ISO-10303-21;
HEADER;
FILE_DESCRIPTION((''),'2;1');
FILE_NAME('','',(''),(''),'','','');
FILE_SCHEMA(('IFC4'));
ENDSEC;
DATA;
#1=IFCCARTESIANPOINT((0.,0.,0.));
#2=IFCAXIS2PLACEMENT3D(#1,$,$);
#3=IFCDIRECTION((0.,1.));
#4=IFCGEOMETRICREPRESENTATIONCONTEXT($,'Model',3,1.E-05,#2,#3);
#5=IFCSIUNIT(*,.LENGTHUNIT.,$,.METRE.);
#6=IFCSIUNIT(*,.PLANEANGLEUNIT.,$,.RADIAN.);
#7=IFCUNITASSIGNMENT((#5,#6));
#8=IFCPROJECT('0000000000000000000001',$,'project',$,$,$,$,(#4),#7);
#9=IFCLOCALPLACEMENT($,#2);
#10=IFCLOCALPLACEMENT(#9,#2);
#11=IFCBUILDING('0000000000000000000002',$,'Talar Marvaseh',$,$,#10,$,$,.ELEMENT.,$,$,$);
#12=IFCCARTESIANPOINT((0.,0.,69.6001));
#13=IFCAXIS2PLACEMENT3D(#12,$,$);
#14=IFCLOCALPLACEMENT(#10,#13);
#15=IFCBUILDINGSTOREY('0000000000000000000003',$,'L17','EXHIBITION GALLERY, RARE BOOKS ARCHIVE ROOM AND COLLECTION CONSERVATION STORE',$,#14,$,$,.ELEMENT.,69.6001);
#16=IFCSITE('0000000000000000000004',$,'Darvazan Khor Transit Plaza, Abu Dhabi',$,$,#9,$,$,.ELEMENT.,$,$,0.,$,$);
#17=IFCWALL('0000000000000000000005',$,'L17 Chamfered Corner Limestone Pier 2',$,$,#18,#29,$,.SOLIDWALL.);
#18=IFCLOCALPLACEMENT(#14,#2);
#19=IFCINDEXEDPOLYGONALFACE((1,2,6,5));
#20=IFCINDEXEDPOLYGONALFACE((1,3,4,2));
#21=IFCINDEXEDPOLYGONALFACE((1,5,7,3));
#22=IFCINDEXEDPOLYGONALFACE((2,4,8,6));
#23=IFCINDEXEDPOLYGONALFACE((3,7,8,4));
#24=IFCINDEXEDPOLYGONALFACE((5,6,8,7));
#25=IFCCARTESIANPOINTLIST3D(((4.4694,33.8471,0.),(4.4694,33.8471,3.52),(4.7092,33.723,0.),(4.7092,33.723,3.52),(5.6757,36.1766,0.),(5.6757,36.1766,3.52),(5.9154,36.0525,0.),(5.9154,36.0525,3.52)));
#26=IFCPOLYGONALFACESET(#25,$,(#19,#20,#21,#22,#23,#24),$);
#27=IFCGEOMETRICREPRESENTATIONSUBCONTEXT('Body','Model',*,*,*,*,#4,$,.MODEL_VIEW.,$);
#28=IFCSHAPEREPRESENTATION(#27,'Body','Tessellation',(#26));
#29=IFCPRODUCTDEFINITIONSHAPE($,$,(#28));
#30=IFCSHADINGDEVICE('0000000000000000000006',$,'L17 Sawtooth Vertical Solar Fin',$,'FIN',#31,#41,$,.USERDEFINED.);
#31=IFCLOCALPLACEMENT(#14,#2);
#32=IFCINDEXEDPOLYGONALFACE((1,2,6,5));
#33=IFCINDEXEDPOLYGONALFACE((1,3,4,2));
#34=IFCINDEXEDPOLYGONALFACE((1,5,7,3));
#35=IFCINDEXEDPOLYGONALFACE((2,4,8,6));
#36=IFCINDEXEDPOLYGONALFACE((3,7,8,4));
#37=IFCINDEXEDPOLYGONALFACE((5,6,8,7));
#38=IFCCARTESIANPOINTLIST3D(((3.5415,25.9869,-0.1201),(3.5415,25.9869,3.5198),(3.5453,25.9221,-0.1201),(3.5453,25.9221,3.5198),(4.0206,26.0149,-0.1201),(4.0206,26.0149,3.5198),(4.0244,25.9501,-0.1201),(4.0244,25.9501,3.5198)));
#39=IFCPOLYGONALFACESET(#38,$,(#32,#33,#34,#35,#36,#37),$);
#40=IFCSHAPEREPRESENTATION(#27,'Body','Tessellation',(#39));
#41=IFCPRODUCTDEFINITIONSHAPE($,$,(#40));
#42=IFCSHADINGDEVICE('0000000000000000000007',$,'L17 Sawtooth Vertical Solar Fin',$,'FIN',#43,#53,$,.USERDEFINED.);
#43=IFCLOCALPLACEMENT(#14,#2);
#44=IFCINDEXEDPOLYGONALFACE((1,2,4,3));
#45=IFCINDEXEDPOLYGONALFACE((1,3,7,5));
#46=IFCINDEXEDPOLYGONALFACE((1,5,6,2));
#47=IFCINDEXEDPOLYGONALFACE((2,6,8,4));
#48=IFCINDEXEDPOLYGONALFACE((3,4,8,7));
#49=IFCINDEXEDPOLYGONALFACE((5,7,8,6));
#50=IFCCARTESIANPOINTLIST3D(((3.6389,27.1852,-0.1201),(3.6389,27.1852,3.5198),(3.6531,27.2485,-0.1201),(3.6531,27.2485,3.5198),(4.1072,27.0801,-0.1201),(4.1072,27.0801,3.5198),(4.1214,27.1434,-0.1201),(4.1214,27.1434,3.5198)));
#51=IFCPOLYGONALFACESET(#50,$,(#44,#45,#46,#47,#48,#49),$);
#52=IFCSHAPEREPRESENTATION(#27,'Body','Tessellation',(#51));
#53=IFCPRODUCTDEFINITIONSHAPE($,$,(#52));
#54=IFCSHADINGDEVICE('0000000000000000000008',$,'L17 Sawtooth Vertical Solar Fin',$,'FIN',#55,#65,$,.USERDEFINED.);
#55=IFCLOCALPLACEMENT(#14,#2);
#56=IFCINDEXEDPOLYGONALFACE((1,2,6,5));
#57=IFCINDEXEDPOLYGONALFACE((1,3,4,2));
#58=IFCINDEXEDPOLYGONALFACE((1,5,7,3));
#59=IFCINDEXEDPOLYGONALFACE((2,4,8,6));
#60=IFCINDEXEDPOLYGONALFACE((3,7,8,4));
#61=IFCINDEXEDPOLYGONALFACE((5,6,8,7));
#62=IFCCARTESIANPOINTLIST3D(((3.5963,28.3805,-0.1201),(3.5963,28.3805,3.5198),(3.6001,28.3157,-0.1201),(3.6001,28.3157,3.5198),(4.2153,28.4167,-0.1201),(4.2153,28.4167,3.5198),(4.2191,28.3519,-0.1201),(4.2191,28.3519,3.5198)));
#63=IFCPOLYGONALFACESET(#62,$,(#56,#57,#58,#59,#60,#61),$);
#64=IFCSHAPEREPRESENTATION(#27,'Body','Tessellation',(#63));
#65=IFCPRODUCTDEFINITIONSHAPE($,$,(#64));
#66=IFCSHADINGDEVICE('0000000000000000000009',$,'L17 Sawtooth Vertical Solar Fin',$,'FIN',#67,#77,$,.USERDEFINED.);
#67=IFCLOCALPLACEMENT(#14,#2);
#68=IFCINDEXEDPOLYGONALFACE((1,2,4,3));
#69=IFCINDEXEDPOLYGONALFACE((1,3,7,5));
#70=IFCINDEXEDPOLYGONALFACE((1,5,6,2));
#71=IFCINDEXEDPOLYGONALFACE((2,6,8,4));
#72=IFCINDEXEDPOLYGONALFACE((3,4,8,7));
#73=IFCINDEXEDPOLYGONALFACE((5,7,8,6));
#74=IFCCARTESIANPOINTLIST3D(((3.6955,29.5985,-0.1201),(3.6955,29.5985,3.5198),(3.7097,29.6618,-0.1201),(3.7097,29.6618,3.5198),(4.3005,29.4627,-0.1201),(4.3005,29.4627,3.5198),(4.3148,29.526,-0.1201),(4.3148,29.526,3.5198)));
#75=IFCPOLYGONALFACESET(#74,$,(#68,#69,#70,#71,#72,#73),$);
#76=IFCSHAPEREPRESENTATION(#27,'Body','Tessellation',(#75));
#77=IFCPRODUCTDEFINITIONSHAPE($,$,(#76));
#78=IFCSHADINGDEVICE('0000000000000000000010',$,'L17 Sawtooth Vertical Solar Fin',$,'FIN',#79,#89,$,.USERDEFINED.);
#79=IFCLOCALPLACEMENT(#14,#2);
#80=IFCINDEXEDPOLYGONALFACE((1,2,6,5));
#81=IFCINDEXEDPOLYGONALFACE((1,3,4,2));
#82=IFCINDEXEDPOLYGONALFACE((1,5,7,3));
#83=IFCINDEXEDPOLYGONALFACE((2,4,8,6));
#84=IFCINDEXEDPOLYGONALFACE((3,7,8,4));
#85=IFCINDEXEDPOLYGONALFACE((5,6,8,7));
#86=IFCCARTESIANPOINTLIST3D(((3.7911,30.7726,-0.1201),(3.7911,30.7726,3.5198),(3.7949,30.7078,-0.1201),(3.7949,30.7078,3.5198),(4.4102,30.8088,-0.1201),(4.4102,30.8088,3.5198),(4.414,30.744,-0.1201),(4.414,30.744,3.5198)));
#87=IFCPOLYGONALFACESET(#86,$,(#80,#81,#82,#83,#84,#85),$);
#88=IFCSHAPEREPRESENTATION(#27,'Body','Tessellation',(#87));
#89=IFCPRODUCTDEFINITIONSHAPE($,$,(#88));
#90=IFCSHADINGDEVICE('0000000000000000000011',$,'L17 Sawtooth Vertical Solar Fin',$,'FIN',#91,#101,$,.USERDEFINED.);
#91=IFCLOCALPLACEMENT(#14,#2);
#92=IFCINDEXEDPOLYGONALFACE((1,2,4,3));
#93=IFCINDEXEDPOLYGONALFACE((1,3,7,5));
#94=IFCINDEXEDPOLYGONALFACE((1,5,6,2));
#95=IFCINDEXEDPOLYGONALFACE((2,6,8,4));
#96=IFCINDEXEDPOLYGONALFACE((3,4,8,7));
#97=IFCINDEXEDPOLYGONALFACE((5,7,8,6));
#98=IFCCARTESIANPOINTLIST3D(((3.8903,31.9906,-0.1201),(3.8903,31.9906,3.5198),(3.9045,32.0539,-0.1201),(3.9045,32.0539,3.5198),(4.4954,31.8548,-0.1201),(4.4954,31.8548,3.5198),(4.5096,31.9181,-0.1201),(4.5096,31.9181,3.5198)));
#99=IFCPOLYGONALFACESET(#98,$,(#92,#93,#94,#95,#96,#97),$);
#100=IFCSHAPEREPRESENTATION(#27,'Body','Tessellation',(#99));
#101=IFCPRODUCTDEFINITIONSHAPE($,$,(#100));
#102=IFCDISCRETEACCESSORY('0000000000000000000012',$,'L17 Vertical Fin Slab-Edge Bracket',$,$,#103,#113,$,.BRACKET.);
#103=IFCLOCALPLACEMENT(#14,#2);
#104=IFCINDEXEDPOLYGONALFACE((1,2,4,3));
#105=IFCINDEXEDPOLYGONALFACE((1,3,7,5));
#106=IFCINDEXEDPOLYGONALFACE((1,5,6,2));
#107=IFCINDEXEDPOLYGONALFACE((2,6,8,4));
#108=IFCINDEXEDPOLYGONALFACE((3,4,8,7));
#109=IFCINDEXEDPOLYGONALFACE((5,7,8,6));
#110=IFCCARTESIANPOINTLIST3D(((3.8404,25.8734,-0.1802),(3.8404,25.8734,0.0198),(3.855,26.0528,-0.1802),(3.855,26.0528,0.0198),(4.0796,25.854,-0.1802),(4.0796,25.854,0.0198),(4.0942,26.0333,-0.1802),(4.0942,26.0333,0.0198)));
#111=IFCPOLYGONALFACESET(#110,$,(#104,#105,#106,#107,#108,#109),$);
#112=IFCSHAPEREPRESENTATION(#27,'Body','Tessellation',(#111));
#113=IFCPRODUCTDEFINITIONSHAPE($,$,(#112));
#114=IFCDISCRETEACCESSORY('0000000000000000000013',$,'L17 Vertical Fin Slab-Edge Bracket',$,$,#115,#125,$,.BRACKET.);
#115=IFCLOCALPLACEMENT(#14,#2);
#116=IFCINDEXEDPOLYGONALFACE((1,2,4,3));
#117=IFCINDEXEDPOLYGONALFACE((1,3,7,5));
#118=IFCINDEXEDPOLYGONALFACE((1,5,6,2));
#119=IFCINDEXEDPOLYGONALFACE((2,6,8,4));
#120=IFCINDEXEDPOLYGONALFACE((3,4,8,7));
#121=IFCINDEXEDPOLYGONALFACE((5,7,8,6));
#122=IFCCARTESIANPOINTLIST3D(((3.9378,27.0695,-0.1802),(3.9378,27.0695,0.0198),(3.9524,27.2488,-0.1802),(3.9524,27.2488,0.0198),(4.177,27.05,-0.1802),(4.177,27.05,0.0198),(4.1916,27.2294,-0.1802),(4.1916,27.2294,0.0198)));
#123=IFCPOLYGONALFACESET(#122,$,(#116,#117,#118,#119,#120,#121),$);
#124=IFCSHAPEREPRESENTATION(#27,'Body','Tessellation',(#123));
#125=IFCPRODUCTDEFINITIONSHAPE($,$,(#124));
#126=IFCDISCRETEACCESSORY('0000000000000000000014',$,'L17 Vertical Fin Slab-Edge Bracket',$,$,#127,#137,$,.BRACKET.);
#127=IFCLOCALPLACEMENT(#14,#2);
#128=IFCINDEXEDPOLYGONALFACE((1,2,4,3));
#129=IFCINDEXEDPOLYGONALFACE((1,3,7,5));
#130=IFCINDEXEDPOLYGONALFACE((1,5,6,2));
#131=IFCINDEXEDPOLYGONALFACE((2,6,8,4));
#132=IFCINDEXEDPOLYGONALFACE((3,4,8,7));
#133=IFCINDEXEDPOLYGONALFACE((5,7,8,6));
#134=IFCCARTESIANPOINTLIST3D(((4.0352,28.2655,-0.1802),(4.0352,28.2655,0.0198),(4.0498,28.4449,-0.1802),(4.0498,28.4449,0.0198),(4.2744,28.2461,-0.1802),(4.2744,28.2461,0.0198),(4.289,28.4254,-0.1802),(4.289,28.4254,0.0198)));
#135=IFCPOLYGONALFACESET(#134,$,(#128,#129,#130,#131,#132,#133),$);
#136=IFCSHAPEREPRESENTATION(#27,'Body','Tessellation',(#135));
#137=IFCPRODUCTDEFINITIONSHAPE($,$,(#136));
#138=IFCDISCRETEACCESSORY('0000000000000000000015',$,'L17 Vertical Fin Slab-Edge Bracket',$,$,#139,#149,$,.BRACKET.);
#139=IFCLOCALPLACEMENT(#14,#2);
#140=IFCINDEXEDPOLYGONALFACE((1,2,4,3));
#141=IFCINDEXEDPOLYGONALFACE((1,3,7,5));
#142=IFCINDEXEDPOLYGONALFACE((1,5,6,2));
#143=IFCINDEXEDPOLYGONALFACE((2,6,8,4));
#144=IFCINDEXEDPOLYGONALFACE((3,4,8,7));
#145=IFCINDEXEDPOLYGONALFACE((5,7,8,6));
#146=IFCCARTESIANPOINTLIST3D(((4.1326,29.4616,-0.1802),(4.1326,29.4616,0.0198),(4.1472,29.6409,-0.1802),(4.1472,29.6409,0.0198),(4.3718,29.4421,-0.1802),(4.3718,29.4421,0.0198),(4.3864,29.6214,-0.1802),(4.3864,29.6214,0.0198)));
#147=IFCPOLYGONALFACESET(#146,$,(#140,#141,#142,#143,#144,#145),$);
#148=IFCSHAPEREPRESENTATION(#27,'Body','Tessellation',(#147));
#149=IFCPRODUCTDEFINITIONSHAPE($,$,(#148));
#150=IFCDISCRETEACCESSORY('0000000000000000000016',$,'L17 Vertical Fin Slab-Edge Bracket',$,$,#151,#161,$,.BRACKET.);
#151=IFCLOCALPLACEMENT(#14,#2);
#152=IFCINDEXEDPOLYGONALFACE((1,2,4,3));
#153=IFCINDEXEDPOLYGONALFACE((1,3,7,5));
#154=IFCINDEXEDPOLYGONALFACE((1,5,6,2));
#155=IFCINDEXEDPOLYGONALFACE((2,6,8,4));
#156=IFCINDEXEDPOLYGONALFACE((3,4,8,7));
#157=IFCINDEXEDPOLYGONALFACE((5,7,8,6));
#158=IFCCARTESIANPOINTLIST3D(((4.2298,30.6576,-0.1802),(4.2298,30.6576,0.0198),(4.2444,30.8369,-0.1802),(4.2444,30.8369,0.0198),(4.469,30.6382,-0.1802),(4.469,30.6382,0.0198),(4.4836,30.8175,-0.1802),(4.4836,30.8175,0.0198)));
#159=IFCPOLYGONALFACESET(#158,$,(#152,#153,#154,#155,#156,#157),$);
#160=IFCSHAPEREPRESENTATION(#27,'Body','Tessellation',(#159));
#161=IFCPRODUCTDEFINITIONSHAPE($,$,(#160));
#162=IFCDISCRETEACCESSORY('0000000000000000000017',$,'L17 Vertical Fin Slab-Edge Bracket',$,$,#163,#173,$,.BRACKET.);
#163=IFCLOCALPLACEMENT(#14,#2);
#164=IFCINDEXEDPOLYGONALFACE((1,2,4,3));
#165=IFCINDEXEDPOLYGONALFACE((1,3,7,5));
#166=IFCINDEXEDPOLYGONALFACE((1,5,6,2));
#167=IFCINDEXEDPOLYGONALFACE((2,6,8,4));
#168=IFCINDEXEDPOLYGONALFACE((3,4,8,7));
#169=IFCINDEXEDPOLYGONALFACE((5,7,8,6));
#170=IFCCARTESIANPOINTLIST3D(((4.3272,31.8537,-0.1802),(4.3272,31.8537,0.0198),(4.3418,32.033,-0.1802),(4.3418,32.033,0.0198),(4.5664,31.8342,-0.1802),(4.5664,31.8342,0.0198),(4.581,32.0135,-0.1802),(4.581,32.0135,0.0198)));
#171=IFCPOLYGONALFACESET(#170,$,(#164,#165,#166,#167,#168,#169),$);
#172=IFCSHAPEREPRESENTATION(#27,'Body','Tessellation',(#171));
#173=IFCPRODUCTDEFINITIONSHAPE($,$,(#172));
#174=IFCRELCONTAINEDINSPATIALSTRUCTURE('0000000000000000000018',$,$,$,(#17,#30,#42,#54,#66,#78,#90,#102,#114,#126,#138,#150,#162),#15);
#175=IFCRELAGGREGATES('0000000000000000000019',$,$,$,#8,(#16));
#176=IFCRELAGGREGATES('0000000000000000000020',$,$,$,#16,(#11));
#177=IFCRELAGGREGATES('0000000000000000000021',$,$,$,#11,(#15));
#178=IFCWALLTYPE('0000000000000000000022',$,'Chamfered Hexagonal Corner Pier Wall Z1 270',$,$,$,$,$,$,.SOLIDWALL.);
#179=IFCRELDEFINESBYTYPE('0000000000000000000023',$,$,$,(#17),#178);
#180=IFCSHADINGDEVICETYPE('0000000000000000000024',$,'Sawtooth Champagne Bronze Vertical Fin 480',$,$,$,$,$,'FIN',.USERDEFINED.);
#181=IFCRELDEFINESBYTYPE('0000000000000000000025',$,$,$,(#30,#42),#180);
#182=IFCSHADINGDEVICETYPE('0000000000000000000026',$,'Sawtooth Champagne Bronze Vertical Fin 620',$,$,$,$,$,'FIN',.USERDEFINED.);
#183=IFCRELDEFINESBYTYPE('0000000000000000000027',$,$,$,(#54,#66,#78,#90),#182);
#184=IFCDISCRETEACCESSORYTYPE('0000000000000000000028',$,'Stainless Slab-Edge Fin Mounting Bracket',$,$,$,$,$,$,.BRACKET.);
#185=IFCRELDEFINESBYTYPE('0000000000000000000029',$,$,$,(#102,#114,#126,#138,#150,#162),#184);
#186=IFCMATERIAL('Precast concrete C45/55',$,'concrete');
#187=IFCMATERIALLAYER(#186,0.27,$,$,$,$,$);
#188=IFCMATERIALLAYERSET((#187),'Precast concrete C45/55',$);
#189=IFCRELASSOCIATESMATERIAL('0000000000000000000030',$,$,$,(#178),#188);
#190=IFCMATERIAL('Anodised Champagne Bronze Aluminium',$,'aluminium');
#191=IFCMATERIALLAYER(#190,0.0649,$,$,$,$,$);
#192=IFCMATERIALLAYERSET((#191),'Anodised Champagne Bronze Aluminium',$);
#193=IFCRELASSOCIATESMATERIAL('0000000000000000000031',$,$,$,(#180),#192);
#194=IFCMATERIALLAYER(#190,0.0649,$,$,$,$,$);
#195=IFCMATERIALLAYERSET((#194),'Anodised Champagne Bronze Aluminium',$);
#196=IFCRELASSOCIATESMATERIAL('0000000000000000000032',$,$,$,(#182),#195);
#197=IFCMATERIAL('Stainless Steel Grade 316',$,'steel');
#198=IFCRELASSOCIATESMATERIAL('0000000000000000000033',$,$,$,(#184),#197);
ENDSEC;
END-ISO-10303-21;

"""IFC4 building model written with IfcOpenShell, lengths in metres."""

from ifc_helpers import new_model, si_unit, direction, frame, frame_2d, origin, origin_2d, place, context, subcontext, project, spatial, rectangle, extrude, source, transform, mapped, material, layer, layer_set, type_object, type_shapes, element, save


model = new_model("IFC4")

# Units and contexts
model_context = context("Model", 3, precision=1e-05, world=origin(), true_north=direction((0.0, 1.0)))
body_context = subcontext(model_context, "Body", "Model", "MODEL_VIEW")
ifc_project = project(units=[si_unit("LENGTHUNIT", "METRE"), si_unit("PLANEANGLEUNIT", "RADIAN")], contexts=[model_context])

# Site, building, storey
site_placement = place(None, origin())
site = spatial("IfcSite", under=ifc_project, at=site_placement, Name="Darvazan Khor Transit Plaza, Abu Dhabi", CompositionType="ELEMENT", RefElevation=0.0)
building_placement = place(site_placement, origin())
building = spatial("IfcBuilding", under=site, at=building_placement, Name="Talar Marvaseh", CompositionType="ELEMENT")
storey_placement = place(building_placement, frame((0.0, 0.0, 69.6001)))
storey = spatial("IfcBuildingStorey", under=building, at=storey_placement, Name="L17", Description="EXHIBITION GALLERY, RARE BOOKS ARCHIVE ROOM AND COLLECTION CONSERVATION STORE", CompositionType="ELEMENT", Elevation=69.6001)

# Wall
ifc_material_1 = material(Name="Precast concrete C45/55", Category="concrete")
ifc_layer_1 = layer(ifc_material_1, 0.27)
ifc_layer_set_1 = layer_set([ifc_layer_1], Name="Precast concrete C45/55")
wall_type = type_object("IfcWallType", Name="Chamfered Hexagonal Corner Pier Wall Z1 270", PredefinedType="SOLIDWALL", material=ifc_layer_set_1)
wall_placement = place(storey_placement, frame((4.5894, 33.7852, 0.0), z_axis=(0.0, 0.0, 1.0), x_axis=(0.459825, 0.888009, 0.0)))
element("IfcWall", 1, at=wall_placement, inside=storey, type_object=wall_type, Name="L17 Chamfered Corner Limestone Pier 2", PredefinedType="SOLIDWALL", context=body_context, shape_type="SweptSolid", body=[
    extrude(rectangle(XDim=2.6233, YDim=0.27, at=frame_2d((1.3115, 0.0))), origin(), (0.0, 0.0, 1.0), 3.52),
])

# Shading devices
ifc_material_2 = material(Name="Anodised Champagne Bronze Aluminium", Category="aluminium")
ifc_layer_2 = layer(ifc_material_2, 0.0649)
ifc_layer_set_2 = layer_set([ifc_layer_2], Name="Anodised Champagne Bronze Aluminium")
shading_device_type_1 = type_object("IfcShadingDeviceType", Name="Sawtooth Champagne Bronze Vertical Fin 480", ElementType="FIN", PredefinedType="USERDEFINED", material=ifc_layer_set_2)
shared_shape_1 = source(origin(), body_context, "Body", "SweptSolid", [
    extrude(rectangle(XDim=0.48, YDim=0.0649, at=origin_2d()), origin(), (0.0, 0.0, 1.0), 3.6399),
])
type_shapes(shading_device_type_1, [shared_shape_1])
for number, where, z_axis, x_axis, name in (
    (2, (3.783, 25.9685, -0.1201), (0.0, 0.0, 1.0), (-0.998291, -0.058435, 0.0), "L17 Sawtooth Vertical Solar Fin"),
    (3, (3.8801, 27.1643, -0.1201), (0.0, 0.0, 1.0), (-0.975726, 0.218995, 0.0), "L17 Sawtooth Vertical Solar Fin"),
):
    element("IfcShadingDevice", number, at=place(storey_placement, frame(where, z_axis=z_axis, x_axis=x_axis)), inside=storey, type_object=shading_device_type_1, Name=name, ObjectType="FIN", PredefinedType="USERDEFINED", context=body_context, shape_type="MappedRepresentation", body=[
        mapped(shared_shape_1, transform((0.0, 0.0, 0.0), x_axis=(1.0, 0.0, 0.0), y_axis=(0.0, 1.0, 0.0), z_axis=(0.0, 0.0, 1.0), scale=1.0)),
    ])
ifc_layer_3 = layer(ifc_material_2, 0.0649)
ifc_layer_set_3 = layer_set([ifc_layer_3], Name="Anodised Champagne Bronze Aluminium")
shading_device_type_2 = type_object("IfcShadingDeviceType", Name="Sawtooth Champagne Bronze Vertical Fin 620", ElementType="FIN", PredefinedType="USERDEFINED", material=ifc_layer_set_3)
shared_shape_2 = source(origin(), body_context, "Body", "SweptSolid", [
    extrude(rectangle(XDim=0.6201, YDim=0.0649, at=origin_2d()), origin(), (0.0, 0.0, 1.0), 3.6399),
])
type_shapes(shading_device_type_2, [shared_shape_2])
for number, where, z_axis, x_axis, name in (
    (4, (3.9077, 28.3662, -0.1201), (0.0, 0.0, 1.0), (-0.998291, -0.058435, 0.0), "L17 Sawtooth Vertical Solar Fin"),
    (5, (4.0051, 29.5623, -0.1201), (0.0, 0.0, 1.0), (-0.975726, 0.218995, 0.0), "L17 Sawtooth Vertical Solar Fin"),
    (6, (4.1025, 30.7583, -0.1201), (0.0, 0.0, 1.0), (-0.998291, -0.058435, 0.0), "L17 Sawtooth Vertical Solar Fin"),
    (7, (4.2, 31.9543, -0.1201), (0.0, 0.0, 1.0), (-0.975726, 0.218995, 0.0), "L17 Sawtooth Vertical Solar Fin"),
):
    element("IfcShadingDevice", number, at=place(storey_placement, frame(where, z_axis=z_axis, x_axis=x_axis)), inside=storey, type_object=shading_device_type_2, Name=name, ObjectType="FIN", PredefinedType="USERDEFINED", context=body_context, shape_type="MappedRepresentation", body=[
        mapped(shared_shape_2, transform((0.0, 0.0, 0.0), x_axis=(1.0, 0.0, 0.0), y_axis=(0.0, 1.0, 0.0), z_axis=(0.0, 0.0, 1.0), scale=1.0)),
    ])

# Discrete accessories
ifc_material_3 = material(Name="Stainless Steel Grade 316", Category="steel")
discrete_accessory_type = type_object("IfcDiscreteAccessoryType", Name="Stainless Slab-Edge Fin Mounting Bracket", PredefinedType="BRACKET", material=ifc_material_3)
shared_shape_3 = source(origin(), body_context, "Body", "SweptSolid", [
    extrude(rectangle(XDim=0.24, YDim=0.1799, at=origin_2d()), origin(), (0.0, 0.0, 1.0), 0.2),
])
type_shapes(discrete_accessory_type, [shared_shape_3])
for number, where, z_axis, x_axis, name in (
    (8, (3.9673, 25.9534, -0.1802), (0.0, 0.0, 1.0), (-0.996709, 0.081069, 0.0), "L17 Vertical Fin Slab-Edge Bracket"),
    (9, (4.0647, 27.1494, -0.1802), (0.0, 0.0, 1.0), (-0.996709, 0.081069, 0.0), "L17 Vertical Fin Slab-Edge Bracket"),
    (10, (4.1621, 28.3455, -0.1802), (0.0, 0.0, 1.0), (-0.996709, 0.081069, 0.0), "L17 Vertical Fin Slab-Edge Bracket"),
    (11, (4.2595, 29.5415, -0.1802), (0.0, 0.0, 1.0), (-0.996709, 0.081069, 0.0), "L17 Vertical Fin Slab-Edge Bracket"),
    (12, (4.3567, 30.7375, -0.1802), (0.0, 0.0, 1.0), (-0.996709, 0.081069, 0.0), "L17 Vertical Fin Slab-Edge Bracket"),
    (13, (4.4541, 31.9336, -0.1802), (0.0, 0.0, 1.0), (-0.996709, 0.081069, 0.0), "L17 Vertical Fin Slab-Edge Bracket"),
):
    element("IfcDiscreteAccessory", number, at=place(storey_placement, frame(where, z_axis=z_axis, x_axis=x_axis)), inside=storey, type_object=discrete_accessory_type, Name=name, PredefinedType="BRACKET", context=body_context, shape_type="MappedRepresentation", body=[
        mapped(shared_shape_3, transform((0.0, 0.0, 0.0), x_axis=(1.0, 0.0, 0.0), y_axis=(0.0, 1.0, 0.0), z_axis=(0.0, 0.0, 1.0), scale=1.0)),
    ])

save(model, "model.ifc")
